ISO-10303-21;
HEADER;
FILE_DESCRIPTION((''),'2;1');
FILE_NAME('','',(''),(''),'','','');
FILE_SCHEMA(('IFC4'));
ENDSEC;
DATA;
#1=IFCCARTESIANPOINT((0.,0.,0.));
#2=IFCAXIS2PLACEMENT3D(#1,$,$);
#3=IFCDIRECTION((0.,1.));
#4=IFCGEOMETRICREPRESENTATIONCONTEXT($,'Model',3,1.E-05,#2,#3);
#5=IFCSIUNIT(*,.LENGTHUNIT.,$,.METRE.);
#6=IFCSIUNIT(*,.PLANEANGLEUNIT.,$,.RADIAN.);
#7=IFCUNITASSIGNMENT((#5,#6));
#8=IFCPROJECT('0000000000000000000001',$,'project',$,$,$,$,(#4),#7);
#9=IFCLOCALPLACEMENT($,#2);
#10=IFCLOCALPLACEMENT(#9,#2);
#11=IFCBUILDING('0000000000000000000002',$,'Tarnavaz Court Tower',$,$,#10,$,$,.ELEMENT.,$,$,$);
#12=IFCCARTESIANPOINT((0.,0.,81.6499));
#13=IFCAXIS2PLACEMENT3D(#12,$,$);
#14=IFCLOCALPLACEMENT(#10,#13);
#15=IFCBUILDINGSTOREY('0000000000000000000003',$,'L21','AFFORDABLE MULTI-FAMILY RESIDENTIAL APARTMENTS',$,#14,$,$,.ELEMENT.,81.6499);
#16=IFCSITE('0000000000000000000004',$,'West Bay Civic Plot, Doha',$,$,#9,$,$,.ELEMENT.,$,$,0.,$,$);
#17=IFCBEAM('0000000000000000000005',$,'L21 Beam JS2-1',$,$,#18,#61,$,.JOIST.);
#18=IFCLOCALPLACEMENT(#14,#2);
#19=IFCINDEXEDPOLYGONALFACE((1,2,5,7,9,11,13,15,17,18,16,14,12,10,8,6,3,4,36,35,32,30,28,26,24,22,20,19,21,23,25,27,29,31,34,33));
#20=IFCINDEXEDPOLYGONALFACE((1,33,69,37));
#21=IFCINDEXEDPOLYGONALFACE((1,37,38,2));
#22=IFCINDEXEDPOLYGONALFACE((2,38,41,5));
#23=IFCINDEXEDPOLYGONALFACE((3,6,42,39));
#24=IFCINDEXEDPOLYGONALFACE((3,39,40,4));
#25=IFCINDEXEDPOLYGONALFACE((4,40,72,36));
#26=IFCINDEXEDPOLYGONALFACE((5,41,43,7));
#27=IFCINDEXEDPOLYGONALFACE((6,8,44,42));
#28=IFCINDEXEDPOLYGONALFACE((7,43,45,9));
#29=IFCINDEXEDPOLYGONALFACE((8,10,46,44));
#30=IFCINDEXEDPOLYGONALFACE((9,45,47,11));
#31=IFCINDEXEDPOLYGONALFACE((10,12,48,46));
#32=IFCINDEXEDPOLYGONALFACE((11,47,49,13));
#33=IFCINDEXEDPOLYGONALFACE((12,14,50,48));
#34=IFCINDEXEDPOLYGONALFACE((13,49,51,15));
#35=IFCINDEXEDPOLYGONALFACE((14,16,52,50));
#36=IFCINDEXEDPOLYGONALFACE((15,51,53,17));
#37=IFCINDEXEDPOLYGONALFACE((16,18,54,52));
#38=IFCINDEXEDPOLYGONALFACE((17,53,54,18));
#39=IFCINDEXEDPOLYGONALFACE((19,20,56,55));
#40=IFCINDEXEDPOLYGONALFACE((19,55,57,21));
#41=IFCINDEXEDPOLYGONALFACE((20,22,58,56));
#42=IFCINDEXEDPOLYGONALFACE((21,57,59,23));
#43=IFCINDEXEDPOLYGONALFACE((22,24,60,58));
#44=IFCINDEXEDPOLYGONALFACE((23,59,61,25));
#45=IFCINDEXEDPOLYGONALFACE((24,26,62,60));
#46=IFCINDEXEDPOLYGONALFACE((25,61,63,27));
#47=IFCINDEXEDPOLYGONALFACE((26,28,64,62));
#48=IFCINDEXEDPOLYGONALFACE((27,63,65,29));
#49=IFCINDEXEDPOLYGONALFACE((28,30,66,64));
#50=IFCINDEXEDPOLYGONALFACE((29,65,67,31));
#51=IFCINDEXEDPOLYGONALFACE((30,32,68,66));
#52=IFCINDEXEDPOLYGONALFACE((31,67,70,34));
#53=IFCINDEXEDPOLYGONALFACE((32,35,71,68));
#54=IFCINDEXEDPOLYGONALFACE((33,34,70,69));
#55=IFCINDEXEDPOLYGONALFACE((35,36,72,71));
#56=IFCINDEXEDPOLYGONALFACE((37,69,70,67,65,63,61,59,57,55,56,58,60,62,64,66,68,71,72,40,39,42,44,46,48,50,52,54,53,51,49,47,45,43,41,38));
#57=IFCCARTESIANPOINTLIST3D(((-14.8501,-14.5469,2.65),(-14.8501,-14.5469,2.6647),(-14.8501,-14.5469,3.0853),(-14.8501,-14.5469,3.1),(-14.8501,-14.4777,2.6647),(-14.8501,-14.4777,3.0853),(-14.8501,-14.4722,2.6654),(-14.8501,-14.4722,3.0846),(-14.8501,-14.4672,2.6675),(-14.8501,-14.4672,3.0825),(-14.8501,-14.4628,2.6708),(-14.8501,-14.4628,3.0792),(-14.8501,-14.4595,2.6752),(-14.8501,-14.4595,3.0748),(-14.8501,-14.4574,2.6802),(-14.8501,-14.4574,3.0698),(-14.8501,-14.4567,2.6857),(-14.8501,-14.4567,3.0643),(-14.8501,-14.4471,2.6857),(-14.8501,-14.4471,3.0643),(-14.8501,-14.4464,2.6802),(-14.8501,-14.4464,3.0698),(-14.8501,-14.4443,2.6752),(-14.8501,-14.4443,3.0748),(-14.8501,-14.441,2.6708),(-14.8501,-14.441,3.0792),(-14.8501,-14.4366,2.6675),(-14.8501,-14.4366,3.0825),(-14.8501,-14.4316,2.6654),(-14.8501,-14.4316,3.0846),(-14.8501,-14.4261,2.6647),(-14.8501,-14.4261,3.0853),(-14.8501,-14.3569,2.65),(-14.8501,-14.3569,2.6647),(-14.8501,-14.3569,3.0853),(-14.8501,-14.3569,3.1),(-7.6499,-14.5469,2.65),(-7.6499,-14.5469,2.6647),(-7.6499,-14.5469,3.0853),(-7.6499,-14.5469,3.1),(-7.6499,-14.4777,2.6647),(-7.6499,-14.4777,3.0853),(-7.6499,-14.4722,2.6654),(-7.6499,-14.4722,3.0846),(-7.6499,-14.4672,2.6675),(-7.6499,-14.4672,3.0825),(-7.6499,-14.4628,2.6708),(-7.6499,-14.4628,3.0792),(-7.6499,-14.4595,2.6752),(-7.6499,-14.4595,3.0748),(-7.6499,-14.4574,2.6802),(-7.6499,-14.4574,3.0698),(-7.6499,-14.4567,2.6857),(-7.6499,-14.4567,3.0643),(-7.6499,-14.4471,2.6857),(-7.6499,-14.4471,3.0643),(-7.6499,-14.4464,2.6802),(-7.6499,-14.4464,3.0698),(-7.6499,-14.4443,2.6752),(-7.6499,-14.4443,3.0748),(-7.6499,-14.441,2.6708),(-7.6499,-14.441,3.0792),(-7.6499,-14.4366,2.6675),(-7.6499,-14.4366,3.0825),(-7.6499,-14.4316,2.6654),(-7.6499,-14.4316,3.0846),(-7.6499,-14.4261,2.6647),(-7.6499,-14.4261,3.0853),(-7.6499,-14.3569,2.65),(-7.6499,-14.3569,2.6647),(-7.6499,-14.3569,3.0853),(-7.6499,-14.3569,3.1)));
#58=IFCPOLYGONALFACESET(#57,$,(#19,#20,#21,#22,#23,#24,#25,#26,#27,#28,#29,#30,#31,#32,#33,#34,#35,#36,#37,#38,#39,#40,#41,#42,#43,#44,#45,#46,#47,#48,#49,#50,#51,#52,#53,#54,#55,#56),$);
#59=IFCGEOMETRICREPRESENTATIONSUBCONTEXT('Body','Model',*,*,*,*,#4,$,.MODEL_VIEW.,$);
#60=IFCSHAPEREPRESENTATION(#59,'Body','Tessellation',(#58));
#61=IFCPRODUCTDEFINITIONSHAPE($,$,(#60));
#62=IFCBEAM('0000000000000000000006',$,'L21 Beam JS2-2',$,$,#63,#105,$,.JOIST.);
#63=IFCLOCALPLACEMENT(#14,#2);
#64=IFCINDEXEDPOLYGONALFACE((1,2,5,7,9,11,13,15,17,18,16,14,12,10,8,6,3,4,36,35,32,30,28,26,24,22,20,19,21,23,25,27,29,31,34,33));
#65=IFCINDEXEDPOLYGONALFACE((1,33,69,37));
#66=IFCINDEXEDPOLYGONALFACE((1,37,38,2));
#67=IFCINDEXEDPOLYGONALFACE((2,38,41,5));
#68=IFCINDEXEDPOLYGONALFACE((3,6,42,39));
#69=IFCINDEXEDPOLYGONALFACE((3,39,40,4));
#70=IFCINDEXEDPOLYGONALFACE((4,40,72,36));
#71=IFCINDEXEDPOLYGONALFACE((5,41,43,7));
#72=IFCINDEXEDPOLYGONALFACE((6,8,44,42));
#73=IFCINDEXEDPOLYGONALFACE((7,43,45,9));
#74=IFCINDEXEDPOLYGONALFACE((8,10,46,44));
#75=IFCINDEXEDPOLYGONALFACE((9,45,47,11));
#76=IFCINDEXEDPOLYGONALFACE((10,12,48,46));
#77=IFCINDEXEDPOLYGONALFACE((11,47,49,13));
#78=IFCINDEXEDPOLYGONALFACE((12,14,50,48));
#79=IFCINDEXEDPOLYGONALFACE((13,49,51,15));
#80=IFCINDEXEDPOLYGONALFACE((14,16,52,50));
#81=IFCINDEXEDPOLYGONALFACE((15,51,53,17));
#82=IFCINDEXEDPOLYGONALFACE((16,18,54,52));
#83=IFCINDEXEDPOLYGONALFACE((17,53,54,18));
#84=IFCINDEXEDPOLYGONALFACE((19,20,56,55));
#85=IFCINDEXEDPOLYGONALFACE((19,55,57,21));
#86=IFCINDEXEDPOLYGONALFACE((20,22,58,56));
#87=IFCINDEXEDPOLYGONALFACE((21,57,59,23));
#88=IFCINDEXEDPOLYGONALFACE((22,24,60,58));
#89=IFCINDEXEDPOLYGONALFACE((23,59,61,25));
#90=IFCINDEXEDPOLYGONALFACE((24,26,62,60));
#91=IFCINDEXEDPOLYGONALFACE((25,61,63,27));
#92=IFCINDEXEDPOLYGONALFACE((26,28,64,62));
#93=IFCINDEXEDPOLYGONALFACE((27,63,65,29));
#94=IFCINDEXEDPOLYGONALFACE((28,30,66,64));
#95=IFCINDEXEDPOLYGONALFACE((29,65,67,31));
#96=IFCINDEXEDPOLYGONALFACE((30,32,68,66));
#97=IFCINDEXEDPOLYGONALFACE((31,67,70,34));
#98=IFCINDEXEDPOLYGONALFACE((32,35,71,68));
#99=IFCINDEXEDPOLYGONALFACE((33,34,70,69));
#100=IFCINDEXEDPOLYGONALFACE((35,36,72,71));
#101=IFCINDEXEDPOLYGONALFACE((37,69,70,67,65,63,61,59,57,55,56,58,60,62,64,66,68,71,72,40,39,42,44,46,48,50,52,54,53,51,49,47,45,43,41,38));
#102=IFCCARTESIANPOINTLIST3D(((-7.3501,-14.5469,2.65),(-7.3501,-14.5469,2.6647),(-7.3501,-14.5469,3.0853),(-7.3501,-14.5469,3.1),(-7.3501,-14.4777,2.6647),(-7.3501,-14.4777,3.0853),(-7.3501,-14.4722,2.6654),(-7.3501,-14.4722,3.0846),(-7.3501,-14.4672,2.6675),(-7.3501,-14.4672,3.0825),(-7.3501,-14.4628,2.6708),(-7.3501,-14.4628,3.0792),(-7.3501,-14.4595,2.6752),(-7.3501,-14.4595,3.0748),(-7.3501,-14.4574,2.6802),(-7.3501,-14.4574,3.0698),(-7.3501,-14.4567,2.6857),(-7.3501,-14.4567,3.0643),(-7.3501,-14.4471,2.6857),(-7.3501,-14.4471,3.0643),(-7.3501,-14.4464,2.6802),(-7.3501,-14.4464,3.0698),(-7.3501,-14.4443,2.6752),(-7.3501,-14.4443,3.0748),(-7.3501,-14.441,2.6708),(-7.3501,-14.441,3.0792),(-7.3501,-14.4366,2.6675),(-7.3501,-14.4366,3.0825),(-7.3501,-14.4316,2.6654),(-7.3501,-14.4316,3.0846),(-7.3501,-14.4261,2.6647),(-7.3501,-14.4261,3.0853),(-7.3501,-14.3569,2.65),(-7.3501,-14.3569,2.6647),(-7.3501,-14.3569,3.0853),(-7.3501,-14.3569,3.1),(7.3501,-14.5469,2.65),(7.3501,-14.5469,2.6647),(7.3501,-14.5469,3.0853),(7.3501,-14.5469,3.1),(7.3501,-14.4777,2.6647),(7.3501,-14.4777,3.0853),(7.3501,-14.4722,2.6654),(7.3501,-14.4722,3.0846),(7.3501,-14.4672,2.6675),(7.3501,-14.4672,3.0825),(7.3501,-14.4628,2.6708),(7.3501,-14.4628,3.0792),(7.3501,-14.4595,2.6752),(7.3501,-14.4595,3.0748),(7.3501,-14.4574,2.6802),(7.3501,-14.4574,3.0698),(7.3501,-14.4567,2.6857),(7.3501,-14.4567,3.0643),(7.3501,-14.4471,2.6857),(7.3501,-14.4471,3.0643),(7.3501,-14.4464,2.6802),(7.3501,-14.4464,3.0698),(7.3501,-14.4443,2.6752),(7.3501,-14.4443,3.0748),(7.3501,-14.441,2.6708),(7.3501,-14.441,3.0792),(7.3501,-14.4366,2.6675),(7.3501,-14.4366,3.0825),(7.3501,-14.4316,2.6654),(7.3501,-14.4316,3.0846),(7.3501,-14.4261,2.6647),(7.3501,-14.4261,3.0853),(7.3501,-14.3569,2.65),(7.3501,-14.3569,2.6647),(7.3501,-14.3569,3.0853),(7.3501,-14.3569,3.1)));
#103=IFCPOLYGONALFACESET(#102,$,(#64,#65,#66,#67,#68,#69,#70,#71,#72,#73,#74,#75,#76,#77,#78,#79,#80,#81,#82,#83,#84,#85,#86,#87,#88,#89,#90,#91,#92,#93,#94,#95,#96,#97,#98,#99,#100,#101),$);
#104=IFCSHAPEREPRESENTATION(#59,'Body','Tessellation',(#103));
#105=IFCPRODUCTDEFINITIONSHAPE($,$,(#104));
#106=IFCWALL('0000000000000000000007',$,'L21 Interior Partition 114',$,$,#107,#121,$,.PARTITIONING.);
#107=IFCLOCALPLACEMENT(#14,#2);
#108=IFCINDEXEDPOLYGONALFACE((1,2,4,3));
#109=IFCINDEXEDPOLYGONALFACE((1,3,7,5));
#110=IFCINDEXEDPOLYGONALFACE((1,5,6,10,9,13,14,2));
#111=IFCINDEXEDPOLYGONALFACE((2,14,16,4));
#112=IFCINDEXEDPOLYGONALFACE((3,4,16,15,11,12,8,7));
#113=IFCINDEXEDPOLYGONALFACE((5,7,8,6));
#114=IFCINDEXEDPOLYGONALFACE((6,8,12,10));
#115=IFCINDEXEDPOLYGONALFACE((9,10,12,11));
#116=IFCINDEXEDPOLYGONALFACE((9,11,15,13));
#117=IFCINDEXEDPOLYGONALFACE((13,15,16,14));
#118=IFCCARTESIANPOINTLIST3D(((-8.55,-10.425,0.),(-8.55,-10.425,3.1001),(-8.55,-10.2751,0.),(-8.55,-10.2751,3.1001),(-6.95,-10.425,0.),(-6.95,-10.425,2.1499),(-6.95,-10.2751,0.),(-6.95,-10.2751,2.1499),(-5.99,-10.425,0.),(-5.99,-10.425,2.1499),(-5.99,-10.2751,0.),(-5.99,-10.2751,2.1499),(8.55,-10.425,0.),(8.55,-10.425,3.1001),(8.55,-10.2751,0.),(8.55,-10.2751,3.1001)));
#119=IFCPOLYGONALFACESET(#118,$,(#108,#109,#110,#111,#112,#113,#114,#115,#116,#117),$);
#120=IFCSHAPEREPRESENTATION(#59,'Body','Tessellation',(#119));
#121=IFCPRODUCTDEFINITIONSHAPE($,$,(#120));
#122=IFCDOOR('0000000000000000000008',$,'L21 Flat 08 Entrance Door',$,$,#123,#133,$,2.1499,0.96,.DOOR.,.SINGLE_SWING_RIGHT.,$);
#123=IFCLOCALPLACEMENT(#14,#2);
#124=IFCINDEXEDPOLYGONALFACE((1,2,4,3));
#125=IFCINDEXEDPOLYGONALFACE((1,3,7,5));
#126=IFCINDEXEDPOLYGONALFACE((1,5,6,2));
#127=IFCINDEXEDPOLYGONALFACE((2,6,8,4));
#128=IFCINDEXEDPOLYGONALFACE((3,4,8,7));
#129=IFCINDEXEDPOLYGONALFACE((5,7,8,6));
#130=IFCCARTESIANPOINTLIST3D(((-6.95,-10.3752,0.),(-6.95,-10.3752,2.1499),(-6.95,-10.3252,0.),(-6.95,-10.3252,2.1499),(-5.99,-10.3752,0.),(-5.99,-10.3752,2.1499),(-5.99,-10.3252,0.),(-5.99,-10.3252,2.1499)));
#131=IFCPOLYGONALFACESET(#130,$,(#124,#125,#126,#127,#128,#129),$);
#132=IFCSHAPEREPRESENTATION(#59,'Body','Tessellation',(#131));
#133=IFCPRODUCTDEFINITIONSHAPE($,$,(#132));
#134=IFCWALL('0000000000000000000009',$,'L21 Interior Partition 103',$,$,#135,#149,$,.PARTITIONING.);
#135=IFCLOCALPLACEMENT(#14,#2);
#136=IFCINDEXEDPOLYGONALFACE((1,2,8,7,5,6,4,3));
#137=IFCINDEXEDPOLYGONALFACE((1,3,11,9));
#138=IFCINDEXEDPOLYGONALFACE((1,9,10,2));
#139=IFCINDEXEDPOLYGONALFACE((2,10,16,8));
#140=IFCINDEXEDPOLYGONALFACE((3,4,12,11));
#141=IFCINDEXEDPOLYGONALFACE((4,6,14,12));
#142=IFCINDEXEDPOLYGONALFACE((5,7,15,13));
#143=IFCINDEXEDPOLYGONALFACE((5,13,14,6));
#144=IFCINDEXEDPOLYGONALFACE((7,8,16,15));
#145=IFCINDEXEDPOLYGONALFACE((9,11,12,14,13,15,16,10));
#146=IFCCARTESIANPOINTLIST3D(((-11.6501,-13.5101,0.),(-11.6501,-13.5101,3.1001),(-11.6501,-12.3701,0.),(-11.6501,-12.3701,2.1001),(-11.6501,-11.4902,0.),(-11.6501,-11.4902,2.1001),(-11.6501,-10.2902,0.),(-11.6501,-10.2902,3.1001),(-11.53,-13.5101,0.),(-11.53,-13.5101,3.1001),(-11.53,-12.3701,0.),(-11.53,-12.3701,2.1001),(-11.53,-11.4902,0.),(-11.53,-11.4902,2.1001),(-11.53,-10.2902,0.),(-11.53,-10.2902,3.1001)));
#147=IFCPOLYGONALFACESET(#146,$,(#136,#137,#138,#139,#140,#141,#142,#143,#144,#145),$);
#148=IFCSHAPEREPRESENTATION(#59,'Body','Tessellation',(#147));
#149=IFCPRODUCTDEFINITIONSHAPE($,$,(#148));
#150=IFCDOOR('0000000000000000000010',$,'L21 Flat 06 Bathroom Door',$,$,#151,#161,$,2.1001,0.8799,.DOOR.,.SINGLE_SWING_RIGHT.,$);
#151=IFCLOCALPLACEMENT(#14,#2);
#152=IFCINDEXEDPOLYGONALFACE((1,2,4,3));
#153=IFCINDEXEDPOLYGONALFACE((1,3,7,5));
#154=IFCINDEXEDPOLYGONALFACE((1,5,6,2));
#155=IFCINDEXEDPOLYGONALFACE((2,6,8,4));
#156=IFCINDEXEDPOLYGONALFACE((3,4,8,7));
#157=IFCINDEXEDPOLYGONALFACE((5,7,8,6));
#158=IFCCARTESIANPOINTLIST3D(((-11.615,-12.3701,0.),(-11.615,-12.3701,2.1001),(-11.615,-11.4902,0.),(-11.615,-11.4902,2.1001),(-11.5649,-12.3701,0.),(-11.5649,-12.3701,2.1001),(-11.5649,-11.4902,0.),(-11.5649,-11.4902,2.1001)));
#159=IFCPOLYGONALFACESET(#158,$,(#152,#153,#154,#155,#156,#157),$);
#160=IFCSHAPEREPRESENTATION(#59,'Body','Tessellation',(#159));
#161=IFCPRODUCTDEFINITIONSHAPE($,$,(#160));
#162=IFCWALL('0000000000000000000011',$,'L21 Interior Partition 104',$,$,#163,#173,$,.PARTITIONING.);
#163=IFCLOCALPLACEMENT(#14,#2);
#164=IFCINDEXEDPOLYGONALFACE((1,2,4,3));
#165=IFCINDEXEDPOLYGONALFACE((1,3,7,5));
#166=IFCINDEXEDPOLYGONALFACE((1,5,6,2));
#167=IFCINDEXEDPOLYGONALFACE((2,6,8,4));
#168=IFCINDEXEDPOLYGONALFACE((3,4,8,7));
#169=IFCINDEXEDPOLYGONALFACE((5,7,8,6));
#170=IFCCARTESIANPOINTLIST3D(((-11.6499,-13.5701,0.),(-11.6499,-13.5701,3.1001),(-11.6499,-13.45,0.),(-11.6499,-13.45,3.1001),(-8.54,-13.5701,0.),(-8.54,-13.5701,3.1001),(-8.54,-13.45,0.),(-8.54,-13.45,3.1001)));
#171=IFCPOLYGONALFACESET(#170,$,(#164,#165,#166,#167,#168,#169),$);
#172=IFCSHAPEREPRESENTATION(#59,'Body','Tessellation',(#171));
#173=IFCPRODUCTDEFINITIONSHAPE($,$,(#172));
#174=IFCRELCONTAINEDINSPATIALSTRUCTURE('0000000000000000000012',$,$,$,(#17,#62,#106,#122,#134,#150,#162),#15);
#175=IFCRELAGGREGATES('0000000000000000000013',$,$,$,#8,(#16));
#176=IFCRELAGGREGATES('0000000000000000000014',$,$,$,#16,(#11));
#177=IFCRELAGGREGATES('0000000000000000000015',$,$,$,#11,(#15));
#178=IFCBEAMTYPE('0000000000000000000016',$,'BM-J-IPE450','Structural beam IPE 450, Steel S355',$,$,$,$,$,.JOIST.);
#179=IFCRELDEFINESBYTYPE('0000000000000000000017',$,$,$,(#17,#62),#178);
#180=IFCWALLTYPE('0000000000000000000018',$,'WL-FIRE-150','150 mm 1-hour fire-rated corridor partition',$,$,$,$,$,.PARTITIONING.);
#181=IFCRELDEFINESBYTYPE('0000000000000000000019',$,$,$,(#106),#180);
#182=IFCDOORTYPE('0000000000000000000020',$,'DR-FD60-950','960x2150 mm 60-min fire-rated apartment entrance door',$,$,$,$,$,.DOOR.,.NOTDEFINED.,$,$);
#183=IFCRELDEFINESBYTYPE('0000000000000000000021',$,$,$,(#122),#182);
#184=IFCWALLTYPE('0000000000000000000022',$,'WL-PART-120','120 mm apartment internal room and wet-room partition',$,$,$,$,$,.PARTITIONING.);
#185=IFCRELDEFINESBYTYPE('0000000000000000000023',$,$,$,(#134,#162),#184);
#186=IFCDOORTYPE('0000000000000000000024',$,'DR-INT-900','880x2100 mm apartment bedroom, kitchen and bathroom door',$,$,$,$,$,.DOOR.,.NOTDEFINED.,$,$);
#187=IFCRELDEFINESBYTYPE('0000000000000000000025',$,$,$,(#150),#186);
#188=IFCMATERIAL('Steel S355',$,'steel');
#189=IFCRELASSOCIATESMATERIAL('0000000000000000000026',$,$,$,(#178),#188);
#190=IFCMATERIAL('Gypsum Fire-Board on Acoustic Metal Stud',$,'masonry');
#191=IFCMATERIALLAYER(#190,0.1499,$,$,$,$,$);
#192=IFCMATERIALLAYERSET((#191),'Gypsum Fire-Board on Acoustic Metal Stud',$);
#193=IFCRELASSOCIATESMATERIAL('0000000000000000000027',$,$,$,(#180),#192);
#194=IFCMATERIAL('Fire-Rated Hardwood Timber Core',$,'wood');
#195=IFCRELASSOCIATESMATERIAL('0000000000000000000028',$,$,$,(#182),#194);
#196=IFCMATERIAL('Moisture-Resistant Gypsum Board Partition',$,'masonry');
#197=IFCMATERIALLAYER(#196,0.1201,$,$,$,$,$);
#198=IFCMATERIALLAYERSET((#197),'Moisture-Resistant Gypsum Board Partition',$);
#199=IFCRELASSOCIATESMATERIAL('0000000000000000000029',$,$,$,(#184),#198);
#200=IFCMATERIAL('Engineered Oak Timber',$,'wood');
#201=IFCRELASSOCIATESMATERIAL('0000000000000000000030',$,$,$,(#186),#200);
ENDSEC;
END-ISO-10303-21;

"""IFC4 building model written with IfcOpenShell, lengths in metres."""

from ifc_helpers import new_model, si_unit, direction, frame, frame_2d, origin, origin_2d, place, context, subcontext, project, spatial, rectangle, i_section, extrude, material, layer, layer_set, material_profile, profile_set, type_object, element, fill, save


model = new_model("IFC4")

# Units and contexts
model_context = context("Model", 3, precision=1e-05, world=origin(), true_north=direction((0.0, 1.0)))
body_context = subcontext(model_context, "Body", "Model", "MODEL_VIEW")
ifc_project = project(units=[si_unit("LENGTHUNIT", "METRE"), si_unit("PLANEANGLEUNIT", "RADIAN")], contexts=[model_context])

# Site, building, storey
site_placement = place(None, origin())
site = spatial("IfcSite", under=ifc_project, at=site_placement, Name="West Bay Civic Plot, Doha", CompositionType="ELEMENT", RefElevation=0.0)
building_placement = place(site_placement, origin())
building = spatial("IfcBuilding", under=site, at=building_placement, Name="Tarnavaz Court Tower", CompositionType="ELEMENT")
storey_placement = place(building_placement, frame((0.0, 0.0, 81.6499)))
storey = spatial("IfcBuildingStorey", under=building, at=storey_placement, Name="L21", Description="AFFORDABLE MULTI-FAMILY RESIDENTIAL APARTMENTS", CompositionType="ELEMENT", Elevation=81.6499)

# Beams
ifc_material_1 = material(Name="Steel S355", Category="steel")
ifc_material_profile_1 = material_profile(ifc_material_1, i_section(OverallWidth=0.1899, OverallDepth=0.45, WebThickness=0.0095, FlangeThickness=0.0146, FilletRadius=0.021, at=origin_2d()), Name="IPE 450")
ifc_profile_set_1 = profile_set([ifc_material_profile_1], Name="Steel S355")
beam_type_1 = type_object("IfcBeamType", Name="BM-J-IPE450", Description="Structural beam IPE 450, Steel S355", PredefinedType="JOIST", material=ifc_profile_set_1)
beam_1_placement = place(storey_placement, frame((-14.8501, -14.4519, 2.875), z_axis=(1.0, 0.0, 0.0), x_axis=(0.0, 1.0, 0.0)))
element("IfcBeam", 1, at=beam_1_placement, inside=storey, type_object=beam_type_1, Name="L21 Beam JS2-1", PredefinedType="JOIST", context=body_context, shape_type="SweptSolid", body=[
    extrude(i_section(OverallWidth=0.1899, OverallDepth=0.45, WebThickness=0.0095, FlangeThickness=0.0146, FilletRadius=0.021, at=origin_2d()), origin(), (0.0, 0.0, 1.0), 7.2002),
])
beam_2_placement = place(storey_placement, frame((-7.3501, -14.4519, 2.875), z_axis=(1.0, 0.0, 0.0), x_axis=(0.0, 1.0, 0.0)))
element("IfcBeam", 2, at=beam_2_placement, inside=storey, type_object=beam_type_1, Name="L21 Beam JS2-2", PredefinedType="JOIST", context=body_context, shape_type="SweptSolid", body=[
    extrude(i_section(OverallWidth=0.1899, OverallDepth=0.45, WebThickness=0.0095, FlangeThickness=0.0146, FilletRadius=0.021, at=origin_2d()), origin(), (0.0, 0.0, 1.0), 14.7002),
])

# Walls, openings, doors
ifc_material_2 = material(Name="Gypsum Fire-Board on Acoustic Metal Stud", Category="masonry")
ifc_layer_1 = layer(ifc_material_2, 0.1499)
ifc_layer_set_1 = layer_set([ifc_layer_1], Name="Gypsum Fire-Board on Acoustic Metal Stud")
wall_type_1 = type_object("IfcWallType", Name="WL-FIRE-150", Description="150 mm 1-hour fire-rated corridor partition", PredefinedType="PARTITIONING", material=ifc_layer_set_1)
wall_1_placement = place(storey_placement, frame((-8.55, -10.3501, 0.0), z_axis=(0.0, 0.0, 1.0), x_axis=(1.0, 0.0, 0.0)))
wall_1 = element("IfcWall", 3, at=wall_1_placement, inside=storey, type_object=wall_type_1, Name="L21 Interior Partition 114", PredefinedType="PARTITIONING", context=body_context, shape_type="SweptSolid", body=[
    extrude(rectangle(XDim=17.1001, YDim=0.1499, at=frame_2d((8.55, 0.0))), origin(), (0.0, 0.0, 1.0), 3.1001),
])
opening_1_placement = place(wall_1_placement, frame((1.6001, 0.0, 0.0)))
opening_1 = element("IfcOpeningElement", 4, at=opening_1_placement, cuts=wall_1, PredefinedType="OPENING", context=body_context, shape_type="SweptSolid", body=[
    extrude(rectangle(XDim=0.96, YDim=2.1499, at=frame_2d((0.48, 1.075))), frame((0.0, 0.085, 0.0), z_axis=(0.0, -1.0, 0.0), x_axis=(1.0, 0.0, 0.0)), (0.0, 0.0, 1.0), 0.1699),
])
ifc_material_3 = material(Name="Fire-Rated Hardwood Timber Core", Category="wood")
door_type_1 = type_object("IfcDoorType", Name="DR-FD60-950", Description="960x2150 mm 60-min fire-rated apartment entrance door", OperationType="NOTDEFINED", PredefinedType="DOOR", material=ifc_material_3)
door_1_placement = place(opening_1_placement, origin())
door_1 = element("IfcDoor", 5, at=door_1_placement, inside=storey, type_object=door_type_1, Name="L21 Flat 08 Entrance Door", OperationType="SINGLE_SWING_RIGHT", OverallHeight=2.1499, OverallWidth=0.96, PredefinedType="DOOR", context=body_context, shape_type="SweptSolid", body=[
    extrude(rectangle(XDim=0.96, YDim=2.1499, at=frame_2d((0.48, 1.075))), frame((0.0, 0.0249, 0.0), z_axis=(0.0, -1.0, 0.0), x_axis=(1.0, 0.0, 0.0)), (0.0, 0.0, 1.0), 0.05),
])
fill(opening_1, door_1)
ifc_material_4 = material(Name="Moisture-Resistant Gypsum Board Partition", Category="masonry")
ifc_layer_2 = layer(ifc_material_4, 0.1201)
ifc_layer_set_2 = layer_set([ifc_layer_2], Name="Moisture-Resistant Gypsum Board Partition")
wall_type_2 = type_object("IfcWallType", Name="WL-PART-120", Description="120 mm apartment internal room and wet-room partition", PredefinedType="PARTITIONING", material=ifc_layer_set_2)
wall_2_placement = place(storey_placement, frame((-11.5901, -13.51, 0.0), z_axis=(0.0, 0.0, 1.0), x_axis=(0.0, 1.0, 0.0)))
wall_2 = element("IfcWall", 6, at=wall_2_placement, inside=storey, type_object=wall_type_2, Name="L21 Interior Partition 103", PredefinedType="PARTITIONING", context=body_context, shape_type="SweptSolid", body=[
    extrude(rectangle(XDim=3.22, YDim=0.1201, at=frame_2d((1.6099, 0.0))), origin(), (0.0, 0.0, 1.0), 3.1001),
])
opening_2_placement = place(wall_2_placement, frame((1.1399, 0.0, 0.0)))
opening_2 = element("IfcOpeningElement", 7, at=opening_2_placement, cuts=wall_2, PredefinedType="OPENING", context=body_context, shape_type="SweptSolid", body=[
    extrude(rectangle(XDim=0.8799, YDim=2.1001, at=frame_2d((0.4399, 1.05))), frame((0.0, 0.0701, 0.0), z_axis=(0.0, -1.0, 0.0), x_axis=(1.0, 0.0, 0.0)), (0.0, 0.0, 1.0), 0.1401),
])
ifc_material_5 = material(Name="Engineered Oak Timber", Category="wood")
door_type_2 = type_object("IfcDoorType", Name="DR-INT-900", Description="880x2100 mm apartment bedroom, kitchen and bathroom door", OperationType="NOTDEFINED", PredefinedType="DOOR", material=ifc_material_5)
door_2_placement = place(opening_2_placement, origin())
door_2 = element("IfcDoor", 8, at=door_2_placement, inside=storey, type_object=door_type_2, Name="L21 Flat 06 Bathroom Door", OperationType="SINGLE_SWING_RIGHT", OverallHeight=2.1001, OverallWidth=0.8799, PredefinedType="DOOR", context=body_context, shape_type="SweptSolid", body=[
    extrude(rectangle(XDim=0.8799, YDim=2.1001, at=frame_2d((0.4399, 1.05))), frame((0.0, 0.0249, 0.0), z_axis=(0.0, -1.0, 0.0), x_axis=(1.0, 0.0, 0.0)), (0.0, 0.0, 1.0), 0.05),
])
fill(opening_2, door_2)

# Wall
wall_3_placement = place(storey_placement, frame((-11.6499, -13.51, 0.0), z_axis=(0.0, 0.0, 1.0), x_axis=(1.0, 0.0, 0.0)))
element("IfcWall", 9, at=wall_3_placement, inside=storey, type_object=wall_type_2, Name="L21 Interior Partition 104", PredefinedType="PARTITIONING", context=body_context, shape_type="SweptSolid", body=[
    extrude(rectangle(XDim=3.1099, YDim=0.1201, at=frame_2d((1.5549, 0.0))), origin(), (0.0, 0.0, 1.0), 3.1001),
])

save(model, "model.ifc")
